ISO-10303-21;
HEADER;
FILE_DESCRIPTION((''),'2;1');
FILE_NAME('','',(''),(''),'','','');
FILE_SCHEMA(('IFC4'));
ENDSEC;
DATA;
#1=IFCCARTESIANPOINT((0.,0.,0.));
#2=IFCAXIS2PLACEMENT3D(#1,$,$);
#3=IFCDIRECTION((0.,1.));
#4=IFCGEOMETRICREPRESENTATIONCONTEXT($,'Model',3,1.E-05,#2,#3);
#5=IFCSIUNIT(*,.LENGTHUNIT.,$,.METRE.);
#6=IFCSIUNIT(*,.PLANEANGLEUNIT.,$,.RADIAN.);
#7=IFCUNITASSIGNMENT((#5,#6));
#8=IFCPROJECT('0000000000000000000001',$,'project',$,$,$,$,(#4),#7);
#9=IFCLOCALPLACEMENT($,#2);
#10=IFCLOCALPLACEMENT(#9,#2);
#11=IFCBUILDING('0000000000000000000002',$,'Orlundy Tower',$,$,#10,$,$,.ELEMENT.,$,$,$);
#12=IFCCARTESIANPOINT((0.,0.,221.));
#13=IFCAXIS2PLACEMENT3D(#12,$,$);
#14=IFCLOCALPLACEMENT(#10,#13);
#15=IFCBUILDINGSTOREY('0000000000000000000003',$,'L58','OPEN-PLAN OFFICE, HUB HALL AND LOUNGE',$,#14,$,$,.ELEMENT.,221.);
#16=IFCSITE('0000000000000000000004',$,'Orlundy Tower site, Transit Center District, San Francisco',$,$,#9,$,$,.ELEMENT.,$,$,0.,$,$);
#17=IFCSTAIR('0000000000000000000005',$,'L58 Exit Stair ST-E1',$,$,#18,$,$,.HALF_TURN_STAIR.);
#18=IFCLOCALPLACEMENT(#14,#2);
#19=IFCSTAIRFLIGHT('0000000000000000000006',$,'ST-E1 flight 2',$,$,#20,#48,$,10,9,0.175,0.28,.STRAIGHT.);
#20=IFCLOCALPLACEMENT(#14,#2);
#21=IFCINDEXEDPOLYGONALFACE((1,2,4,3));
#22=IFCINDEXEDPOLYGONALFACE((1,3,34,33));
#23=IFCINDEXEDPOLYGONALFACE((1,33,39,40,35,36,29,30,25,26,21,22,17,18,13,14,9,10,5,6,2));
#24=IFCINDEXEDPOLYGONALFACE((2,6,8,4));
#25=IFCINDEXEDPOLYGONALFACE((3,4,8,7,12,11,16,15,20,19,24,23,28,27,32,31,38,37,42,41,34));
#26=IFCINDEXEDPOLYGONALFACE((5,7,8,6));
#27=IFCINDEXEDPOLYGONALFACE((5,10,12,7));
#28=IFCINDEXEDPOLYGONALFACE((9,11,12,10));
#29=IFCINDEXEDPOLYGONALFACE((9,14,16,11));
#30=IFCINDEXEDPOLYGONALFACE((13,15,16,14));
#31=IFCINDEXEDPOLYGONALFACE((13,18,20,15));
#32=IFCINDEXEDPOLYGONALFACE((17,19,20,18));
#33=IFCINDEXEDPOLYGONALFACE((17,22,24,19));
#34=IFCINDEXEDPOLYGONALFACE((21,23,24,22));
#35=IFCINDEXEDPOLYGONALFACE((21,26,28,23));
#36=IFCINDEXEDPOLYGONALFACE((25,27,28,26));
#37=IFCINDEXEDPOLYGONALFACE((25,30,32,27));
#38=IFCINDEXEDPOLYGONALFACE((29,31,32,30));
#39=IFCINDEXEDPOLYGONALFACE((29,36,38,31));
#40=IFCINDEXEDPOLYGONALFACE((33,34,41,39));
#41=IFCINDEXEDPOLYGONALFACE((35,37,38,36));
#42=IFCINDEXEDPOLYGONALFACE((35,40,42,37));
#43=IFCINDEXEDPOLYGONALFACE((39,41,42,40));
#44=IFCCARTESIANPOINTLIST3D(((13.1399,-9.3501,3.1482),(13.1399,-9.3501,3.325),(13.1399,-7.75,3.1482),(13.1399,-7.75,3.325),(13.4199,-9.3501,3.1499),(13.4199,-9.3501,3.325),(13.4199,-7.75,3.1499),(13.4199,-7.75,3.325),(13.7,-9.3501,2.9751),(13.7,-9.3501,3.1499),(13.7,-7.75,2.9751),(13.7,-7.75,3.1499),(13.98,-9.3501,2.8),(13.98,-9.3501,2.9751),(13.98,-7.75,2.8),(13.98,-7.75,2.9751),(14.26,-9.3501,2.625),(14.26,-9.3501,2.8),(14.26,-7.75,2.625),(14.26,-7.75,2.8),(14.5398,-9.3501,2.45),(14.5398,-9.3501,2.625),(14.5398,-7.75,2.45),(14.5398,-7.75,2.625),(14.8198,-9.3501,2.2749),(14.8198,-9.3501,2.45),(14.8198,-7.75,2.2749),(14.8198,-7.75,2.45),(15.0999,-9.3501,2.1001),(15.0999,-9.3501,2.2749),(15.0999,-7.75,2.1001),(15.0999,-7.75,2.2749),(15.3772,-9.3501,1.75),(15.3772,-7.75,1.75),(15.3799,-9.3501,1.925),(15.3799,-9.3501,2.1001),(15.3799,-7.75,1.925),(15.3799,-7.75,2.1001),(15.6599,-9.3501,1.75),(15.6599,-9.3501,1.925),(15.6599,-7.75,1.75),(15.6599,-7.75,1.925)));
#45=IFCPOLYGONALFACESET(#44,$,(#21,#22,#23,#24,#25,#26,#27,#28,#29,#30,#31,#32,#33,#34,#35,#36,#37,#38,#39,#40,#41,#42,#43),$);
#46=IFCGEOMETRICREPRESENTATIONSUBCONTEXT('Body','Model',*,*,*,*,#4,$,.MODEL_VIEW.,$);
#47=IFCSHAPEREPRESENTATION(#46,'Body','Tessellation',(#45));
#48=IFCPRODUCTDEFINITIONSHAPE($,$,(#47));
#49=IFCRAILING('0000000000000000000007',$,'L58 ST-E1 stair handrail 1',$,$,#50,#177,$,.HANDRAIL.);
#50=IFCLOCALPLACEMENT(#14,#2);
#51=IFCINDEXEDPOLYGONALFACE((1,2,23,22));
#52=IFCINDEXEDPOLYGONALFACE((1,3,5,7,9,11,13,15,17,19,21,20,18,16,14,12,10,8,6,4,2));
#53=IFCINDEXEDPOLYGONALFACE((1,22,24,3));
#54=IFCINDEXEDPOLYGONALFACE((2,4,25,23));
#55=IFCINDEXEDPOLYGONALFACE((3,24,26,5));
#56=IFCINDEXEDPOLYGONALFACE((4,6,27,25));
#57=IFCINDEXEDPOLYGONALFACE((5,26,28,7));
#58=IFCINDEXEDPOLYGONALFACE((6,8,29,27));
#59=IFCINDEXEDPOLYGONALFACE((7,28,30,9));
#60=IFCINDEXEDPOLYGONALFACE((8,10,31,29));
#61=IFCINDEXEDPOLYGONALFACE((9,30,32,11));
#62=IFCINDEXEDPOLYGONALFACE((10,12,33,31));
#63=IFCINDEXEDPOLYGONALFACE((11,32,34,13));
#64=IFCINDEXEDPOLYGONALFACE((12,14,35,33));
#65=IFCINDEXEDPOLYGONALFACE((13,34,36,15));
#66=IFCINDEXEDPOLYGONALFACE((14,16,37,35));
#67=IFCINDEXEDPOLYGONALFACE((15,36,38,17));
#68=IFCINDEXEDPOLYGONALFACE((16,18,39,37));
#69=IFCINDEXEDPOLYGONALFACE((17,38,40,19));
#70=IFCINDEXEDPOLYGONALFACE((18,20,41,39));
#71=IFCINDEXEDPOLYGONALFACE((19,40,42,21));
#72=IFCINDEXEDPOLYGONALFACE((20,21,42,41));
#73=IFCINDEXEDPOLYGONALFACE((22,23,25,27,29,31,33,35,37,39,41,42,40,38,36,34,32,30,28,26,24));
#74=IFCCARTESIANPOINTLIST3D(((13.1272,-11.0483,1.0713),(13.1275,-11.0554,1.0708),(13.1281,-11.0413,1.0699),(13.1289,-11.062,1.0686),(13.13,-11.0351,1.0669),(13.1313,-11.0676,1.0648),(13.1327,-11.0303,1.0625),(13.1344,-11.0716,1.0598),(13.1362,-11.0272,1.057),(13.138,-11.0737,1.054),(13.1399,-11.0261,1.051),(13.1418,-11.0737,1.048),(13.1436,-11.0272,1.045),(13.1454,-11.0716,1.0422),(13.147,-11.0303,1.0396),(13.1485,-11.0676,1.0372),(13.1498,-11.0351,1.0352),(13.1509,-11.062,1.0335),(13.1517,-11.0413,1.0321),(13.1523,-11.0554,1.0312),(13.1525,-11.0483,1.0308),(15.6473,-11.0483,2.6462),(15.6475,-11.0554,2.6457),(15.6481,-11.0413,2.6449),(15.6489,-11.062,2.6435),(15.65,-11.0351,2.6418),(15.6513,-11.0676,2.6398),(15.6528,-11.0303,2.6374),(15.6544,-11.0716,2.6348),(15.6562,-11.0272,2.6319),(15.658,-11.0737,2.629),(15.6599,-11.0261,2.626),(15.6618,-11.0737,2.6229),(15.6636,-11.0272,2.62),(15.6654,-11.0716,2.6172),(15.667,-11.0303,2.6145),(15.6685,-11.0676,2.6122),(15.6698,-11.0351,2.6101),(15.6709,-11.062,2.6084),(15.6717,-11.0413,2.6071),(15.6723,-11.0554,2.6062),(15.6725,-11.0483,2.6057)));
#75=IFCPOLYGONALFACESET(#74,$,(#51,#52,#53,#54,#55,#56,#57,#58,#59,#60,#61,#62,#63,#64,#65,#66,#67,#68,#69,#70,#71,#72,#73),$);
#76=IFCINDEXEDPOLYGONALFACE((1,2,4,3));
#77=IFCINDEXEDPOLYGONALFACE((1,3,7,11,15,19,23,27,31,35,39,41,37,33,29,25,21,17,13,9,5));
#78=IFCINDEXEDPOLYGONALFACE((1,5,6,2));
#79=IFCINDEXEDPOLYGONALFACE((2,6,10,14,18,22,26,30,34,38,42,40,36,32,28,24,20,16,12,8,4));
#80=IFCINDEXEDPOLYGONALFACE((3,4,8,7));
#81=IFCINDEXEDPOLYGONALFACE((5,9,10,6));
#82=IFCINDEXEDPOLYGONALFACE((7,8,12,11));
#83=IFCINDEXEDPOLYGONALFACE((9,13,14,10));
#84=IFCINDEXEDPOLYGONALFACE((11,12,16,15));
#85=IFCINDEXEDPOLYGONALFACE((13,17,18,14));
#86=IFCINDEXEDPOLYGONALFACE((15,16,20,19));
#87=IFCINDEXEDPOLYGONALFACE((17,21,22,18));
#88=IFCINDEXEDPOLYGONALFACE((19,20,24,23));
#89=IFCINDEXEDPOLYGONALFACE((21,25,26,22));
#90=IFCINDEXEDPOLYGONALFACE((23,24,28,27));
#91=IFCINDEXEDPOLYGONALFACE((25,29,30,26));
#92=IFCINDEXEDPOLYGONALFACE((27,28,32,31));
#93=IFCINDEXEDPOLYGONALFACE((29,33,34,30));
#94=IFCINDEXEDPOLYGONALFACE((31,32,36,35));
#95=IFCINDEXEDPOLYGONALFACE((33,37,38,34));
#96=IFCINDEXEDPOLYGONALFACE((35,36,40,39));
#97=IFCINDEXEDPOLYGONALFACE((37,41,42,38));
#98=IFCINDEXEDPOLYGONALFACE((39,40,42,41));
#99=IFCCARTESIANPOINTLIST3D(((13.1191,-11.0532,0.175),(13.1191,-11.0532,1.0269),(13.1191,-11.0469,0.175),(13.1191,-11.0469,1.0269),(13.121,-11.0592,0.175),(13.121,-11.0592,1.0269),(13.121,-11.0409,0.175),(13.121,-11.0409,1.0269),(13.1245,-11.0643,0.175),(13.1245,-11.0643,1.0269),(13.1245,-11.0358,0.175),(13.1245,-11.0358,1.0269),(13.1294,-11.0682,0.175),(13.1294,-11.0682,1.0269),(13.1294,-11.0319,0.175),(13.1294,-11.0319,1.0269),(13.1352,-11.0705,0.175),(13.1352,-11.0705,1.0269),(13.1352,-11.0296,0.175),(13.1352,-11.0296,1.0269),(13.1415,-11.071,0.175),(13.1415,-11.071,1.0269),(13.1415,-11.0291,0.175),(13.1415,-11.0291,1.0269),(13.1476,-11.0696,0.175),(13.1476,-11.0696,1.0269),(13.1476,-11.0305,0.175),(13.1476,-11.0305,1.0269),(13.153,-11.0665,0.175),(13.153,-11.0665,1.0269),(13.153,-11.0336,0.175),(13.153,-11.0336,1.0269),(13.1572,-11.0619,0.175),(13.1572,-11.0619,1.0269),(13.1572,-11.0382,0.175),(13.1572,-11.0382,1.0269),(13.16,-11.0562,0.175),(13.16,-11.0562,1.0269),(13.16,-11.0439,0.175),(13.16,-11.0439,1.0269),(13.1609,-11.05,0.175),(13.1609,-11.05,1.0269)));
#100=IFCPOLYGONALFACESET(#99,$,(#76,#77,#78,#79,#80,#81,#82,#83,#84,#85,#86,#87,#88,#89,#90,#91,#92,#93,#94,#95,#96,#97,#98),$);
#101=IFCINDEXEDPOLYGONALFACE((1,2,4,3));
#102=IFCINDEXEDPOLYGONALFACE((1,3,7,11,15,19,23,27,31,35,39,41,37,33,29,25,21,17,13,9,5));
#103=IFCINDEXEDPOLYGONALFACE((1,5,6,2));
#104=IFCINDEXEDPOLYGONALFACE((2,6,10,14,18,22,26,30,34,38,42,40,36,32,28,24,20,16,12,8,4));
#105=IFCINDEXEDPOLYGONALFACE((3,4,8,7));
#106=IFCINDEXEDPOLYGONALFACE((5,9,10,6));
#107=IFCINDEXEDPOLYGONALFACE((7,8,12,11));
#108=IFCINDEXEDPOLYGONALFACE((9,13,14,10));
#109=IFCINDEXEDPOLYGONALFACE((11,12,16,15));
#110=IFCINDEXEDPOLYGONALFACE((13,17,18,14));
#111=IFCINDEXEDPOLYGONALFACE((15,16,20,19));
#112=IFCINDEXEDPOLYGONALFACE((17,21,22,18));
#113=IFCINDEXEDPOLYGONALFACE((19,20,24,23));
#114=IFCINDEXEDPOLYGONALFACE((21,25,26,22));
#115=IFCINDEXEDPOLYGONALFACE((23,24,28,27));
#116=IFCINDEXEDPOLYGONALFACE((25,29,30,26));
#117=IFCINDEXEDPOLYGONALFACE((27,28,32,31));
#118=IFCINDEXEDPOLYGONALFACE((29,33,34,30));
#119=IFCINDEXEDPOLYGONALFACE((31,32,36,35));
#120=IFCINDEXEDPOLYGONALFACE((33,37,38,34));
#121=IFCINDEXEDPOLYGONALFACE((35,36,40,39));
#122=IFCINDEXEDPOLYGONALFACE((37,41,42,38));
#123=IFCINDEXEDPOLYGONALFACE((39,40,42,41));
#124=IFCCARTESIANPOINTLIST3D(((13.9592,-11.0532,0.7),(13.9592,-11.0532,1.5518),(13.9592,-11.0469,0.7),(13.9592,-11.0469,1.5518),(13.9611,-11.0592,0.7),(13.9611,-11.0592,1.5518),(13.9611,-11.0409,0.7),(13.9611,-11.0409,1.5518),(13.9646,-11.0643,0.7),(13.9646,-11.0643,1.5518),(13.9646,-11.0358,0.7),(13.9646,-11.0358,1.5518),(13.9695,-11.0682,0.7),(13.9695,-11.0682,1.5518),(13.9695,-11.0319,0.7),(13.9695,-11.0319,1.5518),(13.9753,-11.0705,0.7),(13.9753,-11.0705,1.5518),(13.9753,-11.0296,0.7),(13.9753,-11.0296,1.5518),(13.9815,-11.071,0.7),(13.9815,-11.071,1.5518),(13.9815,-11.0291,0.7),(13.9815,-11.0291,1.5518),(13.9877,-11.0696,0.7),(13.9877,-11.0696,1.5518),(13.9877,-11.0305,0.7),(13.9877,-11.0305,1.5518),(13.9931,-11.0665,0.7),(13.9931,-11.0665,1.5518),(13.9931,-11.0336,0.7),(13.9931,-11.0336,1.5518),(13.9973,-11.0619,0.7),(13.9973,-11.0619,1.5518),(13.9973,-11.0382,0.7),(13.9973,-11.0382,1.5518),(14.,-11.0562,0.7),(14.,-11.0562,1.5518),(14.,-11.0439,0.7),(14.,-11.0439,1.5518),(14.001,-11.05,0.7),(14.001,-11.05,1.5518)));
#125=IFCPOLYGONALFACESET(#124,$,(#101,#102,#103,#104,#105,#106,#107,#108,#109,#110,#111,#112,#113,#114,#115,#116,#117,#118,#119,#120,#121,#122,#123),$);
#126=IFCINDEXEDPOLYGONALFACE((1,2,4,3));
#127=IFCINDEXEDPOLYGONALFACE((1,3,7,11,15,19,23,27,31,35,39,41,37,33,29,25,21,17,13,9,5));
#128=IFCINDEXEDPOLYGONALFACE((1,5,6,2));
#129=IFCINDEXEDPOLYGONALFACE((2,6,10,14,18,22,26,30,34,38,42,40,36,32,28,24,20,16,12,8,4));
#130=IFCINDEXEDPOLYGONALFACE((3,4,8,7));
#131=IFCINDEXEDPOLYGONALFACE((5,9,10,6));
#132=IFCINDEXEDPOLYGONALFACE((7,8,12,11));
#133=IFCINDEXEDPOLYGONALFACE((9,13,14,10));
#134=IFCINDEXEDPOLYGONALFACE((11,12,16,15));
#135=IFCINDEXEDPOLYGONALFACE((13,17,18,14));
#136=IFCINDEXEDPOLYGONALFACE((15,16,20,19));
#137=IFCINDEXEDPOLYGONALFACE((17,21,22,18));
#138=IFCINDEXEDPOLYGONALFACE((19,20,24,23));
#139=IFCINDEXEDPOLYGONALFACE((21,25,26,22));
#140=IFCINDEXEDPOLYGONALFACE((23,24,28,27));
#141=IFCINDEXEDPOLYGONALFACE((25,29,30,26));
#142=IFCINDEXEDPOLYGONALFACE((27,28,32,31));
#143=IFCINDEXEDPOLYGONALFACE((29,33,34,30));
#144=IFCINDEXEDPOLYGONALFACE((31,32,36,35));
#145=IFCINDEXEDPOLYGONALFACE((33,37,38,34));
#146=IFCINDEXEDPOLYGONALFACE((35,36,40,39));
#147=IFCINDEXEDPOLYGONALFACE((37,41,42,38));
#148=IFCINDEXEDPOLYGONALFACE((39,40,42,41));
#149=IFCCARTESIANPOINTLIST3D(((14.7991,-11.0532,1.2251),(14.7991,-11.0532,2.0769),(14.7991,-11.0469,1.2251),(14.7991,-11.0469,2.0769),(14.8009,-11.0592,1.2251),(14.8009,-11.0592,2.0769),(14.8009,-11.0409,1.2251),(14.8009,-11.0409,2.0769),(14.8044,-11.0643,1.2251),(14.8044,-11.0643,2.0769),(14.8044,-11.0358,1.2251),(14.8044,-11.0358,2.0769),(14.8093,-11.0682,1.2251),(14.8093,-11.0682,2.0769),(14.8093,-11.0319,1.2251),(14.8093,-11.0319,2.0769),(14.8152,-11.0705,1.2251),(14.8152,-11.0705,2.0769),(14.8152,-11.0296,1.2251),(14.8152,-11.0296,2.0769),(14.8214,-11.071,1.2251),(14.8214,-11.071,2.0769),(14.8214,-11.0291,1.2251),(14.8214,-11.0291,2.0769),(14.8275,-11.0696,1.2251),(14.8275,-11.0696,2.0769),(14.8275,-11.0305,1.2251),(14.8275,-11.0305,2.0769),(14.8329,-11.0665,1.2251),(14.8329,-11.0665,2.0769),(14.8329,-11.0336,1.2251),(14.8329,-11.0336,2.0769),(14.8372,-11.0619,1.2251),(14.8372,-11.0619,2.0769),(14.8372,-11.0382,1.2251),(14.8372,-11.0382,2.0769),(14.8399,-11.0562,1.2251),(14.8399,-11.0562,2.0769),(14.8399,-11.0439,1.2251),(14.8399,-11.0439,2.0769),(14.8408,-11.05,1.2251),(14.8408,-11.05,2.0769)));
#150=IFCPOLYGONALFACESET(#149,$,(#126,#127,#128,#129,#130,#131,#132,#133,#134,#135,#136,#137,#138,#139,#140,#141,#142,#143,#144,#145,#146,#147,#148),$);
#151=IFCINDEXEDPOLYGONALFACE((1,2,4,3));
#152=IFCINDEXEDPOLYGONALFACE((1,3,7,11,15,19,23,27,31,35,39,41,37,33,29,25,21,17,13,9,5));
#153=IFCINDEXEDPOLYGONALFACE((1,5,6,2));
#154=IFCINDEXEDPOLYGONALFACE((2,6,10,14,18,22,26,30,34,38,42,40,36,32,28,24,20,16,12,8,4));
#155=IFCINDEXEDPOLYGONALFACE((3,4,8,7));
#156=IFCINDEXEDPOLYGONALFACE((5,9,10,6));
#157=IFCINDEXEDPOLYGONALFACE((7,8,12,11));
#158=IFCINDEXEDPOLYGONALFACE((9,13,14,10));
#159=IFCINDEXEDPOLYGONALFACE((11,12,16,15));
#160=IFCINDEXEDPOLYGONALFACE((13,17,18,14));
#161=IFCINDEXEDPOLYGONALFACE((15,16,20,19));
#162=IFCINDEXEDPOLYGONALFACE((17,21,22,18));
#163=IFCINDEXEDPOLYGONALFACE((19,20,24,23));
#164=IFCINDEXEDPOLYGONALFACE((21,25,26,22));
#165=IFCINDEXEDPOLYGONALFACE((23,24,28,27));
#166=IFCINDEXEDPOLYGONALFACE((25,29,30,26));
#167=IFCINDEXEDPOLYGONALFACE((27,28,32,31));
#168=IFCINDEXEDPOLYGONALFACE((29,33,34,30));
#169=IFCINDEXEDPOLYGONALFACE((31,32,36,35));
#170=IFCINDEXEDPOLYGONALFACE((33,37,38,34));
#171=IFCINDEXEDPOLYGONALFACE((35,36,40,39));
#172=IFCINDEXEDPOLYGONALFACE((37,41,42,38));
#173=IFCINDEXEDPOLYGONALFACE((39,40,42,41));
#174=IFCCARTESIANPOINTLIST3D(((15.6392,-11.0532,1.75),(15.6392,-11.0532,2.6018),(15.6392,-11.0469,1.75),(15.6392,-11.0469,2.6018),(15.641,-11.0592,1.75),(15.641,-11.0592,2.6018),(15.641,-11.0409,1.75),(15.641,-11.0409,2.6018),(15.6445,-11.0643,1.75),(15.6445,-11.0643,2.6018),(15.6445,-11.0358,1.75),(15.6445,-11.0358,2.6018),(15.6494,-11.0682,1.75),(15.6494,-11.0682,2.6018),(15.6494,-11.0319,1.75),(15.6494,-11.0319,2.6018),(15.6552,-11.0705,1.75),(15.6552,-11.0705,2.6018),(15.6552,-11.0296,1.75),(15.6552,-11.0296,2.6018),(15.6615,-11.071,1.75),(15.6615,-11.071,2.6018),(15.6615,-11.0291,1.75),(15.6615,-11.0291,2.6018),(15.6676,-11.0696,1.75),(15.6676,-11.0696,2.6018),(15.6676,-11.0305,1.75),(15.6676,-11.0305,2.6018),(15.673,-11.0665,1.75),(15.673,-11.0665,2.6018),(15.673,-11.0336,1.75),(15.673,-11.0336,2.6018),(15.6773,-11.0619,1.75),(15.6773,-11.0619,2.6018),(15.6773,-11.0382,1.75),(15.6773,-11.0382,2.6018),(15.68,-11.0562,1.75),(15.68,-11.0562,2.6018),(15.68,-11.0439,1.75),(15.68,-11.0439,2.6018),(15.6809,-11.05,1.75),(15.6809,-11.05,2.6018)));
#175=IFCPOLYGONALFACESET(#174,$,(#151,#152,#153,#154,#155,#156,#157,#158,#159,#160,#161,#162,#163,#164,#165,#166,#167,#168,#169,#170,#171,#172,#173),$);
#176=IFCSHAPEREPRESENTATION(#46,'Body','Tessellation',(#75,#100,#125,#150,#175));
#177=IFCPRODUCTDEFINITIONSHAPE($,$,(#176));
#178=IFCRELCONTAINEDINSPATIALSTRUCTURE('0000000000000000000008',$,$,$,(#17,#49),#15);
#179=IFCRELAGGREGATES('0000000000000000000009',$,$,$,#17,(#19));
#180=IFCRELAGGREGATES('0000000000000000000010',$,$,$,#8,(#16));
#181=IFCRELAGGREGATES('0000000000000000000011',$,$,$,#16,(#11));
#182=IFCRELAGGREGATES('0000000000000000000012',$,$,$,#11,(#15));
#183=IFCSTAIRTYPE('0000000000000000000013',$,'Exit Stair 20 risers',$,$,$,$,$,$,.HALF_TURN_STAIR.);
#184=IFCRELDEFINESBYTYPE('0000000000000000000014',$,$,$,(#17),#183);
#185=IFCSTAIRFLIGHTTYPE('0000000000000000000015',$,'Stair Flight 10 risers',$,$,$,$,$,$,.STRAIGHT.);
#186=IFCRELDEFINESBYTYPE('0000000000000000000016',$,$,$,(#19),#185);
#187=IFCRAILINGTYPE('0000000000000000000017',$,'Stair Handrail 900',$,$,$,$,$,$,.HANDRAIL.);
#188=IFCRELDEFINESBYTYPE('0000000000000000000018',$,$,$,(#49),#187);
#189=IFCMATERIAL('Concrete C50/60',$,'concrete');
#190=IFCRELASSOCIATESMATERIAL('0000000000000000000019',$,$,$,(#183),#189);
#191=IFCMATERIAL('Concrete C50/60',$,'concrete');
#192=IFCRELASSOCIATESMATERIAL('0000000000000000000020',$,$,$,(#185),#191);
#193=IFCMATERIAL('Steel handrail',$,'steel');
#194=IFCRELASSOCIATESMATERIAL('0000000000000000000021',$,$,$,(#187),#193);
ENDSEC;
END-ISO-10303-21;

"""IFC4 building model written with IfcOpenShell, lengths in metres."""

from ifc_helpers import new_model, si_unit, direction, frame, origin, origin_2d, place, context, subcontext, project, spatial, polyline, circle, outline, extrude, material, type_object, element, aggregate, save


model = new_model("IFC4")

# Units and contexts
model_context = context("Model", 3, precision=1e-05, world=origin(), true_north=direction((0.0, 1.0)))
body_context = subcontext(model_context, "Body", "Model", "MODEL_VIEW")
ifc_project = project(units=[si_unit("LENGTHUNIT", "METRE"), si_unit("PLANEANGLEUNIT", "RADIAN")], contexts=[model_context])

# Site, building, storey
site_placement = place(None, origin())
site = spatial("IfcSite", under=ifc_project, at=site_placement, Name="Orlundy Tower site, Transit Center District, San Francisco", CompositionType="ELEMENT", RefElevation=0.0)
building_placement = place(site_placement, origin())
building = spatial("IfcBuilding", under=site, at=building_placement, Name="Orlundy Tower", CompositionType="ELEMENT")
storey_placement = place(building_placement, frame((0.0, 0.0, 221.0)))
storey = spatial("IfcBuildingStorey", under=building, at=storey_placement, Name="L58", Description="OPEN-PLAN OFFICE, HUB HALL AND LOUNGE", CompositionType="ELEMENT", Elevation=221.0)

# Stair, stair flight
ifc_material_1 = material(Name="Concrete C50/60", Category="concrete")
stair_type = type_object("IfcStairType", Name="Exit Stair 20 risers", PredefinedType="HALF_TURN_STAIR", material=ifc_material_1)
stair_placement = place(storey_placement, origin())
stair = element("IfcStair", 1, at=stair_placement, inside=storey, type_object=stair_type, Name="L58 Exit Stair ST-E1", PredefinedType="HALF_TURN_STAIR")
ifc_material_2 = material(Name="Concrete C50/60", Category="concrete")
stair_flight_type = type_object("IfcStairFlightType", Name="Stair Flight 10 risers", PredefinedType="STRAIGHT", material=ifc_material_2)
stair_flight_1_placement = place(storey_placement, frame((15.6599, -8.55, 1.75), z_axis=(0.0, 0.0, 1.0), x_axis=(-1.0, 0.0, 0.0)))
stair_flight_1 = element("IfcStairFlight", 2, at=stair_flight_1_placement, type_object=stair_flight_type, Name="ST-E1 flight 2", NumberOfRisers=10, NumberOfTreads=9, PredefinedType="STRAIGHT", RiserHeight=0.175, TreadLength=0.28, context=body_context, shape_type="SweptSolid", body=[
    extrude(outline(polyline([(0.0, 0.0), (0.0, 0.175), (0.28, 0.175), (0.28, 0.3501), (0.5601, 0.3501), (0.5601, 0.5249), (0.8401, 0.5249), (0.8401, 0.7), (1.1201, 0.7), (1.1201, 0.875), (1.3999, 0.875), (1.3999, 1.05), (1.6799, 1.05), (1.6799, 1.2251), (1.96, 1.2251), (1.96, 1.3999), (2.24, 1.3999), (2.24, 1.575), (2.52, 1.575), (2.52, 1.75), (2.52, 1.3982), (0.2827, 0.0), (0.0, 0.0)])), frame((0.0, 0.8, 0.0), z_axis=(0.0, -1.0, 0.0), x_axis=(1.0, 0.0, 0.0)), (0.0, 0.0, 1.0), 1.6001),
])
aggregate(stair, [stair_flight_1])

# Railing
ifc_material_3 = material(Name="Steel handrail", Category="steel")
railing_type_1 = type_object("IfcRailingType", Name="Stair Handrail 900", PredefinedType="HANDRAIL", material=ifc_material_3)
railing_1_placement = place(storey_placement, frame((13.1399, -11.05, 0.175)))
element("IfcRailing", 3, at=railing_1_placement, inside=storey, type_object=railing_type_1, Name="L58 ST-E1 stair handrail 1", PredefinedType="HANDRAIL", context=body_context, shape_type="SweptSolid", body=[
    extrude(circle(Radius=0.0239, at=origin_2d()), frame((0.0, 0.0, 0.876), z_axis=(0.848008, 0.0, 0.529984), x_axis=(0.0, 1.0, 0.0)), (0.0, 0.0, 1.0), 2.9717),
    extrude(circle(Radius=0.021, at=origin_2d()), origin(), (0.0, 0.0, 1.0), 0.8518),
    extrude(circle(Radius=0.021, at=origin_2d()), frame((0.8401, 0.0, 0.5249)), (0.0, 0.0, 1.0), 0.8518),
    extrude(circle(Radius=0.021, at=origin_2d()), frame((1.6799, 0.0, 1.05)), (0.0, 0.0, 1.0), 0.8518),
    extrude(circle(Radius=0.021, at=origin_2d()), frame((2.52, 0.0, 1.575)), (0.0, 0.0, 1.0), 0.8518),
])

save(model, "model.ifc")
